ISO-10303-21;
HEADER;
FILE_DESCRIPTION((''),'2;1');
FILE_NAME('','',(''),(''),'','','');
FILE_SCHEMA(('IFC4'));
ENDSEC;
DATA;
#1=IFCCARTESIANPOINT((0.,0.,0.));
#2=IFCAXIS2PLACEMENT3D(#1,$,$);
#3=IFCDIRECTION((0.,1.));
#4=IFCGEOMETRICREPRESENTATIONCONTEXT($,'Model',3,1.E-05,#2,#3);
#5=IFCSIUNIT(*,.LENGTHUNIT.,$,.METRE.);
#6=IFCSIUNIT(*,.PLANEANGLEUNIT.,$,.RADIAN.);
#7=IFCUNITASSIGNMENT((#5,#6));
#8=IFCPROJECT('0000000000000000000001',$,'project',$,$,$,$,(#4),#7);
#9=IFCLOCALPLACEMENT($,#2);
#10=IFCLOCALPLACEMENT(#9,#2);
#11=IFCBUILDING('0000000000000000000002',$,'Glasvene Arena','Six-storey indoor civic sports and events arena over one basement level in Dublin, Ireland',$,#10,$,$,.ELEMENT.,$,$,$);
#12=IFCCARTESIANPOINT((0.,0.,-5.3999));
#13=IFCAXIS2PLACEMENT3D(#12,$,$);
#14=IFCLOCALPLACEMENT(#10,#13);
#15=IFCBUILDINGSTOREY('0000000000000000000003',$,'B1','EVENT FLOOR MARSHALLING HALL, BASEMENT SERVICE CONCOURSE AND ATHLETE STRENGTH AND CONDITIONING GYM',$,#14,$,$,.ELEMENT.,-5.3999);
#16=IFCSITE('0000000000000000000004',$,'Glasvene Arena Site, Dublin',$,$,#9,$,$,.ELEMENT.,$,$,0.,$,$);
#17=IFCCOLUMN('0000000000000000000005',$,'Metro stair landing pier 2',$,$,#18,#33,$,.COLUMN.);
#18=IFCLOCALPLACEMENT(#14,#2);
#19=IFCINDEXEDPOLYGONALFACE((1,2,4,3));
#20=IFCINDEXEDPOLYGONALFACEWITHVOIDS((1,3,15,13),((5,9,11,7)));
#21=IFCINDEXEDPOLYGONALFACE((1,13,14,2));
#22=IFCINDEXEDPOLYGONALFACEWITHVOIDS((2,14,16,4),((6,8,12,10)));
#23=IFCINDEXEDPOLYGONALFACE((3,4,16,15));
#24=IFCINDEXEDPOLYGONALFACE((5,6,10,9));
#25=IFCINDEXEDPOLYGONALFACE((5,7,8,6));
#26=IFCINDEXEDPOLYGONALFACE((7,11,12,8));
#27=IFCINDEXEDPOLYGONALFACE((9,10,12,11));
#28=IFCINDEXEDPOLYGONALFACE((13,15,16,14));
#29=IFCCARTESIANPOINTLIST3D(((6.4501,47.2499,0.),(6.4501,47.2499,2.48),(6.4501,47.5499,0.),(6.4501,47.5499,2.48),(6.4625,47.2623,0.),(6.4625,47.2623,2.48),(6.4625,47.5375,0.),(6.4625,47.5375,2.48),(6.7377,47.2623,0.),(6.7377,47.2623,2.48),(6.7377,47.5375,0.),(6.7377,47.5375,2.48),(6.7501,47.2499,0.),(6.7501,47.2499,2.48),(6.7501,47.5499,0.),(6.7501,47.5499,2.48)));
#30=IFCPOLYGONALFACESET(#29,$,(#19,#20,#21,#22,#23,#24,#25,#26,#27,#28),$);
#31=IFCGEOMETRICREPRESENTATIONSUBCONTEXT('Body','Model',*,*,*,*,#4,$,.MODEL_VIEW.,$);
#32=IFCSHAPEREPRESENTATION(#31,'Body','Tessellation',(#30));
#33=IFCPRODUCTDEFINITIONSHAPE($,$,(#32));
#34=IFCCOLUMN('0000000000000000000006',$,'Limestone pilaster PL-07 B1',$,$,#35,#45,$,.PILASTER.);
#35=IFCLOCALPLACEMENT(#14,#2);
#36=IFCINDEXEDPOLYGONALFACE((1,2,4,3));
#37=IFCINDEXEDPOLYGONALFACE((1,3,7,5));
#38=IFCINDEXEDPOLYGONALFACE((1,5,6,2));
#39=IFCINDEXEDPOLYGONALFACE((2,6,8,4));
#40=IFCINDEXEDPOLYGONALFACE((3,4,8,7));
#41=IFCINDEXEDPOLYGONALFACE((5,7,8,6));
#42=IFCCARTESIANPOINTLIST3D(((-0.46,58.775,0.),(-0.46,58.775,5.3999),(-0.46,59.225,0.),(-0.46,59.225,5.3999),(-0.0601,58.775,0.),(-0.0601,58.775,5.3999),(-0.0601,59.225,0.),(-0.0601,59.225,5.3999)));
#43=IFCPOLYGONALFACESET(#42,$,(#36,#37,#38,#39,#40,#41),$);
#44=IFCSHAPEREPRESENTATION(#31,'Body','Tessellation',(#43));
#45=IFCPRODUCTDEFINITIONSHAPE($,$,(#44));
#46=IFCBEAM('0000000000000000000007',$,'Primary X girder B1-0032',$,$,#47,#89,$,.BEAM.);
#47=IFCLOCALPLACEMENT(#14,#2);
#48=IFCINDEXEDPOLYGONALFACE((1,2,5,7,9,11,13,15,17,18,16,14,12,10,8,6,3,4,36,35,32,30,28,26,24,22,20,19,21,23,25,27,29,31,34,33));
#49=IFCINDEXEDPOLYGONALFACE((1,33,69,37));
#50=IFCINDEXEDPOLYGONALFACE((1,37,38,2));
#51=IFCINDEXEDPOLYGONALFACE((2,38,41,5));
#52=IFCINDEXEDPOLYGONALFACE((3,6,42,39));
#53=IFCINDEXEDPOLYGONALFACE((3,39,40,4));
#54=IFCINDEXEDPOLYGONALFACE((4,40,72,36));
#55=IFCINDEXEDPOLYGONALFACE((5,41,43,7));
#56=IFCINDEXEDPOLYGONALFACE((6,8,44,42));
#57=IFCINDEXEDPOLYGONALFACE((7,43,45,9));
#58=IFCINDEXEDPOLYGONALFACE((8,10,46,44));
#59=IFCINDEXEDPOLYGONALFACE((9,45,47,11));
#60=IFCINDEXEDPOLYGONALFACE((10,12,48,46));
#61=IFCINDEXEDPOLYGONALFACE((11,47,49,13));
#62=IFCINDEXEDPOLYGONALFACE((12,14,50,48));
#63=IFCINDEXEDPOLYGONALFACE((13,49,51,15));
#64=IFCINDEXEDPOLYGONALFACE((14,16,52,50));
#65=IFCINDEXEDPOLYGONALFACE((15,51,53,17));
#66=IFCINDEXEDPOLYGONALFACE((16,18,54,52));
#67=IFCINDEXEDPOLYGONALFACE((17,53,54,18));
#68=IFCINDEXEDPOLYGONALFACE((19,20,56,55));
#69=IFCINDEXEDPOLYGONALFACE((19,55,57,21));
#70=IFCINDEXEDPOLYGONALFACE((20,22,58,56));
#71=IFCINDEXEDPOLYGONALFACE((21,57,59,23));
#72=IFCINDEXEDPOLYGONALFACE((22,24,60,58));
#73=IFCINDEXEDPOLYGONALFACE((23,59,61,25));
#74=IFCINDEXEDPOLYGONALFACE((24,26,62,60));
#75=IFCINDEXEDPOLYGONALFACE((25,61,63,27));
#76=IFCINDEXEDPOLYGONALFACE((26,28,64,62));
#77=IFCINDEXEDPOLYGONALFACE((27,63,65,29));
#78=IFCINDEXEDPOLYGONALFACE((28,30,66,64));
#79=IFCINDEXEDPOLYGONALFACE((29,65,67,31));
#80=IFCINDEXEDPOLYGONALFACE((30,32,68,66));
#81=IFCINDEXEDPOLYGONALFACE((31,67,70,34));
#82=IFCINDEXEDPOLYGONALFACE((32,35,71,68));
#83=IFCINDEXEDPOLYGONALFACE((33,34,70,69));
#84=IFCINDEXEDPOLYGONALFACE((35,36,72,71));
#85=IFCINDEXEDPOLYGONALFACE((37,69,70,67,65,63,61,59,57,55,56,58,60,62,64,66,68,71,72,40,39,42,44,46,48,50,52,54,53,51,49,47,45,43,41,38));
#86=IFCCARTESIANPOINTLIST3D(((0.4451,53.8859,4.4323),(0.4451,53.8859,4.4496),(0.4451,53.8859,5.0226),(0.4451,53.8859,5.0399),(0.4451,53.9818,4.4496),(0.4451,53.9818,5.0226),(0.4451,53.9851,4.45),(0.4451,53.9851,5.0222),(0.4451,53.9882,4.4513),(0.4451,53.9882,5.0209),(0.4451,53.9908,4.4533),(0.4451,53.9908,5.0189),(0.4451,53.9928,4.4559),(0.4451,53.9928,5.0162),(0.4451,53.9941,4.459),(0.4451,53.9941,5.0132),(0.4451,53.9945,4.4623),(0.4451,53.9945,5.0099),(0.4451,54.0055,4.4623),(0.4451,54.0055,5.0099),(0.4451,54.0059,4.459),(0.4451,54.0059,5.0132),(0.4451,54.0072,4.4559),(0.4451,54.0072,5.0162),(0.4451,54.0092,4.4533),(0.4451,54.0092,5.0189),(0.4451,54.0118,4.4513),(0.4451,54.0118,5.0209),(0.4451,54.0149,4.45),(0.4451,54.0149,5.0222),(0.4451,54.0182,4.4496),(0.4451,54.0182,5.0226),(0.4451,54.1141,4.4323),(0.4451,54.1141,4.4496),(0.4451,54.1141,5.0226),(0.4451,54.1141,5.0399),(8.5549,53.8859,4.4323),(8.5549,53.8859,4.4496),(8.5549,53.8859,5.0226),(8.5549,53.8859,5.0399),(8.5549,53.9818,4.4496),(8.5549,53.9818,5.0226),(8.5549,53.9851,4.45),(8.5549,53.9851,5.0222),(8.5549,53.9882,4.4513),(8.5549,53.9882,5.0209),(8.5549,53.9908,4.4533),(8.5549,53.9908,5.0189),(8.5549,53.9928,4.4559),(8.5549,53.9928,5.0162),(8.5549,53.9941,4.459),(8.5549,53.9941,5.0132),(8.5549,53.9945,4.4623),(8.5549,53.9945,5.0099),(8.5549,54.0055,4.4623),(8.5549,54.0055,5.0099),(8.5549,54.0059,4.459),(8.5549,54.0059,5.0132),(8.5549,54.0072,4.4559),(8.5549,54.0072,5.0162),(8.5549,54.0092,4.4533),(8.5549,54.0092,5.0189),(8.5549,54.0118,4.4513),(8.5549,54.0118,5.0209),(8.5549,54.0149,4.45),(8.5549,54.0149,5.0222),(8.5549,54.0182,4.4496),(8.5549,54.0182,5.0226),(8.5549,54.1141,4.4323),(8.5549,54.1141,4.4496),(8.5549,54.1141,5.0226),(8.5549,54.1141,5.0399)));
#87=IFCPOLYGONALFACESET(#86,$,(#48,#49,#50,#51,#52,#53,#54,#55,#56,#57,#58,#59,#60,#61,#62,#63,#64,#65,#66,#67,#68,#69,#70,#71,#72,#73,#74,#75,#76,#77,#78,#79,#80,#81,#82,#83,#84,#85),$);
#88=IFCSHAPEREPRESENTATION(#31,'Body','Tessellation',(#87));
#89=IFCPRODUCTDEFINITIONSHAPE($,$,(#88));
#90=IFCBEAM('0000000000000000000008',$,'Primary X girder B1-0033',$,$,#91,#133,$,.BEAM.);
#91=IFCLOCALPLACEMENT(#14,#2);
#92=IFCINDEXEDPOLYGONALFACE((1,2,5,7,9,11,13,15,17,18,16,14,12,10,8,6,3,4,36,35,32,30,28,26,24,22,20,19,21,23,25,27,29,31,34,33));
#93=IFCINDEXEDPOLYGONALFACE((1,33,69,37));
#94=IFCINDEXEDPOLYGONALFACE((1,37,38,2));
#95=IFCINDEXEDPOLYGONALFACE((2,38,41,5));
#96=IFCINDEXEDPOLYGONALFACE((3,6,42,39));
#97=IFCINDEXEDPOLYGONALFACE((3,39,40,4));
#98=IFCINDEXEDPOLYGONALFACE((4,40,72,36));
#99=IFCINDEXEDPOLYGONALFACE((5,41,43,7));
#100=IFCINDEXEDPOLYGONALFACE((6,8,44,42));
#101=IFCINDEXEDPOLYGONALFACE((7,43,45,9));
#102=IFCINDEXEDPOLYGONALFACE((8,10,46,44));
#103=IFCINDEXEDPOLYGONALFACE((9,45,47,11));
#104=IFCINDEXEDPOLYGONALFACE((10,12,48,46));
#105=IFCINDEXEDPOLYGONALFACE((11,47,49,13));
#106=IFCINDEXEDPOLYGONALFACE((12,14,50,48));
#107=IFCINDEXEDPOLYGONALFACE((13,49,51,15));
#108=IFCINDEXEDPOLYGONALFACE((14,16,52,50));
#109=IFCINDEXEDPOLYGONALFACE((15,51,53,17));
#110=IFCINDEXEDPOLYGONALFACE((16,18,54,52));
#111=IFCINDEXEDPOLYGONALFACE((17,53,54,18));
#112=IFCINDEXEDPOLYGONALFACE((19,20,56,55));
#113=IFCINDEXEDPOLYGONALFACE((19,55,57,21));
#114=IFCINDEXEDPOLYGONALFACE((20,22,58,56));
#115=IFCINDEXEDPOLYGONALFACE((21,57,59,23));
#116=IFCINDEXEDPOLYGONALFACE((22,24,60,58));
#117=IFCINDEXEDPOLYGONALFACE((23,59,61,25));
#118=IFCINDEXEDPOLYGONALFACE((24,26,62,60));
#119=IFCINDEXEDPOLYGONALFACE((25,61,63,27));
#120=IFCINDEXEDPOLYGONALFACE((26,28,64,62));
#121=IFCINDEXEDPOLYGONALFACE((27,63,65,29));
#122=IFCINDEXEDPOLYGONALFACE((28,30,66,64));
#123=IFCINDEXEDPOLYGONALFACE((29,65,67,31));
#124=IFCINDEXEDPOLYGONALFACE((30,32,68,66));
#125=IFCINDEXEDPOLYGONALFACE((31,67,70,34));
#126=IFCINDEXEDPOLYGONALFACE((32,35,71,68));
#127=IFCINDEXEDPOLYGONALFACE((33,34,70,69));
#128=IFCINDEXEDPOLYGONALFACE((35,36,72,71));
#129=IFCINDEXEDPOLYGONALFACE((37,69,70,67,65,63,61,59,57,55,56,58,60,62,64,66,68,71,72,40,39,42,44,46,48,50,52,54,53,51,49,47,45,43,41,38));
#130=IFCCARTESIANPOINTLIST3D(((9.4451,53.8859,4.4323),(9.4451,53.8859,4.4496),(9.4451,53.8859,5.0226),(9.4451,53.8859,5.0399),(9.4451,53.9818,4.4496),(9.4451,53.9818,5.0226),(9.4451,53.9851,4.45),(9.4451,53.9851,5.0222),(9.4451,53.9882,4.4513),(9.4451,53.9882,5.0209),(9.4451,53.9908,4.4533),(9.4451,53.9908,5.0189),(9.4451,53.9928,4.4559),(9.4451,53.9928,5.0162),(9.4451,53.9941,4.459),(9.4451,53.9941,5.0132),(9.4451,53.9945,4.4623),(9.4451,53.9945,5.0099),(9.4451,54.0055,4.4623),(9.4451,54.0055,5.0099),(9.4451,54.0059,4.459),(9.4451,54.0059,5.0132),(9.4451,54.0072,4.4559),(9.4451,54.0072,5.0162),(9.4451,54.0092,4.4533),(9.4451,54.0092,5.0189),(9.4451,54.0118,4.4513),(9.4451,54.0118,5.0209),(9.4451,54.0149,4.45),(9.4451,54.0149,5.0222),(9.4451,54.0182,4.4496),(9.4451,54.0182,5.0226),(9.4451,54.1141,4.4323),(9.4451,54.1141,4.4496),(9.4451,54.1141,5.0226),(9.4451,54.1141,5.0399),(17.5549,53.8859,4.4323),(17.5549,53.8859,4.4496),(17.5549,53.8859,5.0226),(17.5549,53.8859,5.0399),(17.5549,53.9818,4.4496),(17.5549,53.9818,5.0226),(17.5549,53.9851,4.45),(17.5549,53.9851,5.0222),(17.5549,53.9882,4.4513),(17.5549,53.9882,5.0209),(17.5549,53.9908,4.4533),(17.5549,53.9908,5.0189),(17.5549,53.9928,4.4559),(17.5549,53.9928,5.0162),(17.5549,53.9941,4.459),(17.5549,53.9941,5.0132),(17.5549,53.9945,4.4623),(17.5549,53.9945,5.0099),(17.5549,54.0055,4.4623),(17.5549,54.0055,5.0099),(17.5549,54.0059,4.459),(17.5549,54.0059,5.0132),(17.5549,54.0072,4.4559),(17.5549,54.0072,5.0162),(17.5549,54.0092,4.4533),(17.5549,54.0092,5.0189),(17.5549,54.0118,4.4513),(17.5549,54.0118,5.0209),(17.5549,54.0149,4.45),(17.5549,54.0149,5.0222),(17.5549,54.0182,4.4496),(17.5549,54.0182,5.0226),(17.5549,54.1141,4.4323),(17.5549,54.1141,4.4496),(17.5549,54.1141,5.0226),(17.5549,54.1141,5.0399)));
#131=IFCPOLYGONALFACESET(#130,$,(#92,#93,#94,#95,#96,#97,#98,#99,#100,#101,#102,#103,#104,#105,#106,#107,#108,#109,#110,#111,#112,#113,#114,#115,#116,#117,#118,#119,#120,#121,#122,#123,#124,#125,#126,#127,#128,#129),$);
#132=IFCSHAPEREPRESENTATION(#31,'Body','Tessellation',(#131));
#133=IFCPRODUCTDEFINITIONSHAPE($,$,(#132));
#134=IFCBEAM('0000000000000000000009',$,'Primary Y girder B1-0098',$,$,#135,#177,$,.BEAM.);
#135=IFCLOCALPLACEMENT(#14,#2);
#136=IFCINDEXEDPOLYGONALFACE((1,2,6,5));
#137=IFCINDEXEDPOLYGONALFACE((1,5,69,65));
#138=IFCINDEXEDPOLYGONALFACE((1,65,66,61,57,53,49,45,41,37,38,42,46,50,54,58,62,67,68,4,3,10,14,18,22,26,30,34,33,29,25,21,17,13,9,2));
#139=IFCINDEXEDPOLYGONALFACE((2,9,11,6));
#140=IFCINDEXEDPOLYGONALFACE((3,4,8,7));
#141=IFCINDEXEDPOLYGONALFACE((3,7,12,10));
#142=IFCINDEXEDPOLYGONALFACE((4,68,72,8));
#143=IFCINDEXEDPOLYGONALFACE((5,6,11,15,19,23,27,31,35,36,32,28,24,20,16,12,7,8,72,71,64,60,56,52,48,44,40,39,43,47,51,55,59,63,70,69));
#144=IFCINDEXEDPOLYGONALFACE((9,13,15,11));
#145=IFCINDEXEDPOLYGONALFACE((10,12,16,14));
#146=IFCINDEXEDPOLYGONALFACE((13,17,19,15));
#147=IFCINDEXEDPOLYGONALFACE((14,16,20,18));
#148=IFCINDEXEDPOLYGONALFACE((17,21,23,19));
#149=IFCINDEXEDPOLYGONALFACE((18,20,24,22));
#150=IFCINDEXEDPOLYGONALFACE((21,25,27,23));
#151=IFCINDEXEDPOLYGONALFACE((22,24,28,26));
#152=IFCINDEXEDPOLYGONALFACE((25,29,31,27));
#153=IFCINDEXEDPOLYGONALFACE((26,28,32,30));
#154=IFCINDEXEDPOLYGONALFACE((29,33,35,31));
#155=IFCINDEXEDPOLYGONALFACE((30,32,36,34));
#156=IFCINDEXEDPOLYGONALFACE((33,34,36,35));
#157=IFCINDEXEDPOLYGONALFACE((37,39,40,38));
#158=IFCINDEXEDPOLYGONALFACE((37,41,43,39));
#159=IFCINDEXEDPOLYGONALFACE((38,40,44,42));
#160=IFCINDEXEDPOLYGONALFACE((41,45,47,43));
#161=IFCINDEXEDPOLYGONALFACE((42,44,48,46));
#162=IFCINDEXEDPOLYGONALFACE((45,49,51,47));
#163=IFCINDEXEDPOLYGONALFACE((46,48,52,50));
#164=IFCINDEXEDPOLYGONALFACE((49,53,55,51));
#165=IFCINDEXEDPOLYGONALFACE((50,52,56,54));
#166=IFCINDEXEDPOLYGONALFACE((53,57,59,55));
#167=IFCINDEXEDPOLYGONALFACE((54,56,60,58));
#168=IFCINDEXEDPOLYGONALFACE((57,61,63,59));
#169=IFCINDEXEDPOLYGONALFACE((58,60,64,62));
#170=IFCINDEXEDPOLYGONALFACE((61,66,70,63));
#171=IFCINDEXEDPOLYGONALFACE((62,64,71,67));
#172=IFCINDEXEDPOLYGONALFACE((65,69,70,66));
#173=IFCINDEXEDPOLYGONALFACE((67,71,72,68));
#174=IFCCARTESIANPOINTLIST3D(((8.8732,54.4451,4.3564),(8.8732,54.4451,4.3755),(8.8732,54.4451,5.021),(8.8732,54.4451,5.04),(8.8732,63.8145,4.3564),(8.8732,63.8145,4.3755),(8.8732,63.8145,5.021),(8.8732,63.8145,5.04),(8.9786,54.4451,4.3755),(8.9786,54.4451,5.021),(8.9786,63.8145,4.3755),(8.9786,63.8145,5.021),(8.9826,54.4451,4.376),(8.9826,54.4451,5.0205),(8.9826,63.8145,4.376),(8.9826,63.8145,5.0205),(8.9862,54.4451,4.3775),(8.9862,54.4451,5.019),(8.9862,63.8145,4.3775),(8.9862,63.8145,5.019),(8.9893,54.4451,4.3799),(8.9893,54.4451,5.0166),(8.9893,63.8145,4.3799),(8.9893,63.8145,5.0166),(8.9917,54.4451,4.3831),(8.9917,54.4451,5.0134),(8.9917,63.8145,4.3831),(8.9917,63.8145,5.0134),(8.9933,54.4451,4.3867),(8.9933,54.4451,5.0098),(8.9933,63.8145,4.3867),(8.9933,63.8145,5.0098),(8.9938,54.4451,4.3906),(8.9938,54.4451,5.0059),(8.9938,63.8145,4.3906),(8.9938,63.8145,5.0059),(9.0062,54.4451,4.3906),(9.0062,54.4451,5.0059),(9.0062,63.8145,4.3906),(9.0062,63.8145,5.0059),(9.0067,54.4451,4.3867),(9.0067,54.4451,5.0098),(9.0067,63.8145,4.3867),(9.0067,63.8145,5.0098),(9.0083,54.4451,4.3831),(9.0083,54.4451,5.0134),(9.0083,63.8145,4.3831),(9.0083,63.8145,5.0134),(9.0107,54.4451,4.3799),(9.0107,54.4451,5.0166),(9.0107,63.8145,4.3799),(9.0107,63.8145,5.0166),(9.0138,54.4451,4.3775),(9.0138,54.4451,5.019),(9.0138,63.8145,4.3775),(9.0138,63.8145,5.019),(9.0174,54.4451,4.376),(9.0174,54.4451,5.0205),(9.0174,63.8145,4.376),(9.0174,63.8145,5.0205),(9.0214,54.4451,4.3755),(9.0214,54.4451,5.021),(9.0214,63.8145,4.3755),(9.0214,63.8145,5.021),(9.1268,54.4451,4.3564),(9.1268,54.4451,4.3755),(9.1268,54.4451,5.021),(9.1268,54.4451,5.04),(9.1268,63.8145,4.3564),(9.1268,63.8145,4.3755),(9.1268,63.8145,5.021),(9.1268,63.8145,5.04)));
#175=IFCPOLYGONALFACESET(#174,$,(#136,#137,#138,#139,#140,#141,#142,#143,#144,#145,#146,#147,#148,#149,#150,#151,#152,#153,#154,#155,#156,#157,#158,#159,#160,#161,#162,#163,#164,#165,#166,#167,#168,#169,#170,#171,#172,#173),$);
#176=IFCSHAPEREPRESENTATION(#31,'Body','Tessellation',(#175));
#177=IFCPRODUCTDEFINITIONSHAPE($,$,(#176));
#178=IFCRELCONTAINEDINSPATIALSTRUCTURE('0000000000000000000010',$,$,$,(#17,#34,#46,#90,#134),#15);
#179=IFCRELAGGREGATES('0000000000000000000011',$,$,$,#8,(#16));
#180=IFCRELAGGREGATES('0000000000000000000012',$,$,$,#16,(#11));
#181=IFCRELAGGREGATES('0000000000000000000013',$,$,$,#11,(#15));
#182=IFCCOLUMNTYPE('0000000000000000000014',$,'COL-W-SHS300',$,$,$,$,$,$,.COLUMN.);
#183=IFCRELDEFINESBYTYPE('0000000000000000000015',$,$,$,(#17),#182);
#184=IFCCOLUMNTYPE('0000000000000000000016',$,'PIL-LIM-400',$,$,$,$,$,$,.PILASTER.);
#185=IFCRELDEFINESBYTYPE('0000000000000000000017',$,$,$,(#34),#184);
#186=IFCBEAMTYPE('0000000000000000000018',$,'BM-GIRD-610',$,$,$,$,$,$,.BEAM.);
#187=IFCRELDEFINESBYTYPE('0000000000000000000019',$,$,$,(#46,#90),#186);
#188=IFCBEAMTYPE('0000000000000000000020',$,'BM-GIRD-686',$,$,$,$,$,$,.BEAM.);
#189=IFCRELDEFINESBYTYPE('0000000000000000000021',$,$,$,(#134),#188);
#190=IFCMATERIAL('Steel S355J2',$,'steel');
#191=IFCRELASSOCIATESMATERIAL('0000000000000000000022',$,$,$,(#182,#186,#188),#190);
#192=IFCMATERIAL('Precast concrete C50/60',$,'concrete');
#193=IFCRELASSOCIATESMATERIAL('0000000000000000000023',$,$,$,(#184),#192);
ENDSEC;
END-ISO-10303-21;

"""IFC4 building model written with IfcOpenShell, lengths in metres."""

from ifc_helpers import new_model, si_unit, direction, frame, origin, origin_2d, place, context, subcontext, project, spatial, rectangle, hollow_rectangle, i_section, extrude, material, material_profile, profile_set, type_object, element, save


model = new_model("IFC4")

# Units and contexts
model_context = context("Model", 3, precision=1e-05, world=origin(), true_north=direction((0.0, 1.0)))
body_context = subcontext(model_context, "Body", "Model", "MODEL_VIEW")
ifc_project = project(units=[si_unit("LENGTHUNIT", "METRE"), si_unit("PLANEANGLEUNIT", "RADIAN")], contexts=[model_context])

# Site, building, storey
site_placement = place(None, origin())
site = spatial("IfcSite", under=ifc_project, at=site_placement, Name="Glasvene Arena Site, Dublin", CompositionType="ELEMENT", RefElevation=0.0)
building_placement = place(site_placement, origin())
building = spatial("IfcBuilding", under=site, at=building_placement, Name="Glasvene Arena", Description="Six-storey indoor civic sports and events arena over one basement level in Dublin, Ireland", CompositionType="ELEMENT")
storey_placement = place(building_placement, frame((0.0, 0.0, -5.3999)))
storey = spatial("IfcBuildingStorey", under=building, at=storey_placement, Name="B1", Description="EVENT FLOOR MARSHALLING HALL, BASEMENT SERVICE CONCOURSE AND ATHLETE STRENGTH AND CONDITIONING GYM", CompositionType="ELEMENT", Elevation=-5.3999)

# Columns
ifc_material_1 = material(Name="Steel S355J2", Category="steel")
ifc_material_profile_1 = material_profile(ifc_material_1, hollow_rectangle(XDim=0.3, YDim=0.3, WallThickness=0.0125, at=origin_2d()), Name="SHS 300x300x12.5")
ifc_profile_set_1 = profile_set([ifc_material_profile_1], Name="Steel S355J2")
column_type_1 = type_object("IfcColumnType", Name="COL-W-SHS300", PredefinedType="COLUMN", material=ifc_profile_set_1)
for number, where, z_axis, x_axis, name in (
    (1, (6.6001, 47.3999, 0.0), (0.0, 0.0, 1.0), (1.0, 0.0, 0.0), "Metro stair landing pier 2"),
):
    element("IfcColumn", number, at=place(storey_placement, frame(where, z_axis=z_axis, x_axis=x_axis)), inside=storey, type_object=column_type_1, Name=name, PredefinedType="COLUMN", context=body_context, shape_type="SweptSolid", body=[
        extrude(hollow_rectangle(XDim=0.3, YDim=0.3, WallThickness=0.0125, at=origin_2d()), origin(), (0.0, 0.0, 1.0), 2.48),
    ])
ifc_material_2 = material(Name="Precast concrete C50/60", Category="concrete")
ifc_material_profile_2 = material_profile(ifc_material_2, rectangle(XDim=0.3999, YDim=0.45, at=origin_2d()), Name="RC 400x450")
ifc_profile_set_2 = profile_set([ifc_material_profile_2], Name="Precast concrete C50/60")
column_type_2 = type_object("IfcColumnType", Name="PIL-LIM-400", PredefinedType="PILASTER", material=ifc_profile_set_2)
column_1_placement = place(storey_placement, frame((-0.26, 59.0, 0.0), z_axis=(0.0, 0.0, 1.0), x_axis=(1.0, 0.0, 0.0)))
element("IfcColumn", 2, at=column_1_placement, inside=storey, type_object=column_type_2, Name="Limestone pilaster PL-07 B1", PredefinedType="PILASTER", context=body_context, shape_type="SweptSolid", body=[
    extrude(rectangle(XDim=0.3999, YDim=0.45, at=origin_2d()), origin(), (0.0, 0.0, 1.0), 5.3999),
])

# Beams
ifc_material_profile_3 = material_profile(ifc_material_1, i_section(OverallWidth=0.2283, OverallDepth=0.6077, WebThickness=0.011, FlangeThickness=0.0173, FilletRadius=0.0127, at=origin_2d()), Name="UKB 610x229x113")
ifc_profile_set_3 = profile_set([ifc_material_profile_3], Name="Steel S355J2")
beam_type_1 = type_object("IfcBeamType", Name="BM-GIRD-610", PredefinedType="BEAM", material=ifc_profile_set_3)
for number, where, z_axis, x_axis, name in (
    (3, (0.4451, 54.0, 4.7361), (1.0, 0.0, 0.0), (0.0, 1.0, 0.0), "Primary X girder B1-0032"),
    (4, (9.4451, 54.0, 4.7361), (1.0, 0.0, 0.0), (0.0, 1.0, 0.0), "Primary X girder B1-0033"),
):
    element("IfcBeam", number, at=place(storey_placement, frame(where, z_axis=z_axis, x_axis=x_axis)), inside=storey, type_object=beam_type_1, Name=name, PredefinedType="BEAM", context=body_context, shape_type="SweptSolid", body=[
        extrude(i_section(OverallWidth=0.2283, OverallDepth=0.6077, WebThickness=0.011, FlangeThickness=0.0173, FilletRadius=0.0127, at=origin_2d()), origin(), (0.0, 0.0, 1.0), 8.1099),
    ])
ifc_material_profile_4 = material_profile(ifc_material_1, i_section(OverallWidth=0.2537, OverallDepth=0.6836, WebThickness=0.0125, FlangeThickness=0.019, FilletRadius=0.0151, at=origin_2d()), Name="UKB 686x254x140")
ifc_profile_set_4 = profile_set([ifc_material_profile_4], Name="Steel S355J2")
beam_type_2 = type_object("IfcBeamType", Name="BM-GIRD-686", PredefinedType="BEAM", material=ifc_profile_set_4)
beam_1_placement = place(storey_placement, frame((9.0, 54.4451, 4.6982), z_axis=(0.0, 1.0, 0.0), x_axis=(-1.0, 0.0, 0.0)))
element("IfcBeam", 5, at=beam_1_placement, inside=storey, type_object=beam_type_2, Name="Primary Y girder B1-0098", PredefinedType="BEAM", context=body_context, shape_type="SweptSolid", body=[
    extrude(i_section(OverallWidth=0.2537, OverallDepth=0.6836, WebThickness=0.0125, FlangeThickness=0.019, FilletRadius=0.0151, at=origin_2d()), origin(), (0.0, 0.0, 1.0), 9.3694),
])

save(model, "model.ifc")
